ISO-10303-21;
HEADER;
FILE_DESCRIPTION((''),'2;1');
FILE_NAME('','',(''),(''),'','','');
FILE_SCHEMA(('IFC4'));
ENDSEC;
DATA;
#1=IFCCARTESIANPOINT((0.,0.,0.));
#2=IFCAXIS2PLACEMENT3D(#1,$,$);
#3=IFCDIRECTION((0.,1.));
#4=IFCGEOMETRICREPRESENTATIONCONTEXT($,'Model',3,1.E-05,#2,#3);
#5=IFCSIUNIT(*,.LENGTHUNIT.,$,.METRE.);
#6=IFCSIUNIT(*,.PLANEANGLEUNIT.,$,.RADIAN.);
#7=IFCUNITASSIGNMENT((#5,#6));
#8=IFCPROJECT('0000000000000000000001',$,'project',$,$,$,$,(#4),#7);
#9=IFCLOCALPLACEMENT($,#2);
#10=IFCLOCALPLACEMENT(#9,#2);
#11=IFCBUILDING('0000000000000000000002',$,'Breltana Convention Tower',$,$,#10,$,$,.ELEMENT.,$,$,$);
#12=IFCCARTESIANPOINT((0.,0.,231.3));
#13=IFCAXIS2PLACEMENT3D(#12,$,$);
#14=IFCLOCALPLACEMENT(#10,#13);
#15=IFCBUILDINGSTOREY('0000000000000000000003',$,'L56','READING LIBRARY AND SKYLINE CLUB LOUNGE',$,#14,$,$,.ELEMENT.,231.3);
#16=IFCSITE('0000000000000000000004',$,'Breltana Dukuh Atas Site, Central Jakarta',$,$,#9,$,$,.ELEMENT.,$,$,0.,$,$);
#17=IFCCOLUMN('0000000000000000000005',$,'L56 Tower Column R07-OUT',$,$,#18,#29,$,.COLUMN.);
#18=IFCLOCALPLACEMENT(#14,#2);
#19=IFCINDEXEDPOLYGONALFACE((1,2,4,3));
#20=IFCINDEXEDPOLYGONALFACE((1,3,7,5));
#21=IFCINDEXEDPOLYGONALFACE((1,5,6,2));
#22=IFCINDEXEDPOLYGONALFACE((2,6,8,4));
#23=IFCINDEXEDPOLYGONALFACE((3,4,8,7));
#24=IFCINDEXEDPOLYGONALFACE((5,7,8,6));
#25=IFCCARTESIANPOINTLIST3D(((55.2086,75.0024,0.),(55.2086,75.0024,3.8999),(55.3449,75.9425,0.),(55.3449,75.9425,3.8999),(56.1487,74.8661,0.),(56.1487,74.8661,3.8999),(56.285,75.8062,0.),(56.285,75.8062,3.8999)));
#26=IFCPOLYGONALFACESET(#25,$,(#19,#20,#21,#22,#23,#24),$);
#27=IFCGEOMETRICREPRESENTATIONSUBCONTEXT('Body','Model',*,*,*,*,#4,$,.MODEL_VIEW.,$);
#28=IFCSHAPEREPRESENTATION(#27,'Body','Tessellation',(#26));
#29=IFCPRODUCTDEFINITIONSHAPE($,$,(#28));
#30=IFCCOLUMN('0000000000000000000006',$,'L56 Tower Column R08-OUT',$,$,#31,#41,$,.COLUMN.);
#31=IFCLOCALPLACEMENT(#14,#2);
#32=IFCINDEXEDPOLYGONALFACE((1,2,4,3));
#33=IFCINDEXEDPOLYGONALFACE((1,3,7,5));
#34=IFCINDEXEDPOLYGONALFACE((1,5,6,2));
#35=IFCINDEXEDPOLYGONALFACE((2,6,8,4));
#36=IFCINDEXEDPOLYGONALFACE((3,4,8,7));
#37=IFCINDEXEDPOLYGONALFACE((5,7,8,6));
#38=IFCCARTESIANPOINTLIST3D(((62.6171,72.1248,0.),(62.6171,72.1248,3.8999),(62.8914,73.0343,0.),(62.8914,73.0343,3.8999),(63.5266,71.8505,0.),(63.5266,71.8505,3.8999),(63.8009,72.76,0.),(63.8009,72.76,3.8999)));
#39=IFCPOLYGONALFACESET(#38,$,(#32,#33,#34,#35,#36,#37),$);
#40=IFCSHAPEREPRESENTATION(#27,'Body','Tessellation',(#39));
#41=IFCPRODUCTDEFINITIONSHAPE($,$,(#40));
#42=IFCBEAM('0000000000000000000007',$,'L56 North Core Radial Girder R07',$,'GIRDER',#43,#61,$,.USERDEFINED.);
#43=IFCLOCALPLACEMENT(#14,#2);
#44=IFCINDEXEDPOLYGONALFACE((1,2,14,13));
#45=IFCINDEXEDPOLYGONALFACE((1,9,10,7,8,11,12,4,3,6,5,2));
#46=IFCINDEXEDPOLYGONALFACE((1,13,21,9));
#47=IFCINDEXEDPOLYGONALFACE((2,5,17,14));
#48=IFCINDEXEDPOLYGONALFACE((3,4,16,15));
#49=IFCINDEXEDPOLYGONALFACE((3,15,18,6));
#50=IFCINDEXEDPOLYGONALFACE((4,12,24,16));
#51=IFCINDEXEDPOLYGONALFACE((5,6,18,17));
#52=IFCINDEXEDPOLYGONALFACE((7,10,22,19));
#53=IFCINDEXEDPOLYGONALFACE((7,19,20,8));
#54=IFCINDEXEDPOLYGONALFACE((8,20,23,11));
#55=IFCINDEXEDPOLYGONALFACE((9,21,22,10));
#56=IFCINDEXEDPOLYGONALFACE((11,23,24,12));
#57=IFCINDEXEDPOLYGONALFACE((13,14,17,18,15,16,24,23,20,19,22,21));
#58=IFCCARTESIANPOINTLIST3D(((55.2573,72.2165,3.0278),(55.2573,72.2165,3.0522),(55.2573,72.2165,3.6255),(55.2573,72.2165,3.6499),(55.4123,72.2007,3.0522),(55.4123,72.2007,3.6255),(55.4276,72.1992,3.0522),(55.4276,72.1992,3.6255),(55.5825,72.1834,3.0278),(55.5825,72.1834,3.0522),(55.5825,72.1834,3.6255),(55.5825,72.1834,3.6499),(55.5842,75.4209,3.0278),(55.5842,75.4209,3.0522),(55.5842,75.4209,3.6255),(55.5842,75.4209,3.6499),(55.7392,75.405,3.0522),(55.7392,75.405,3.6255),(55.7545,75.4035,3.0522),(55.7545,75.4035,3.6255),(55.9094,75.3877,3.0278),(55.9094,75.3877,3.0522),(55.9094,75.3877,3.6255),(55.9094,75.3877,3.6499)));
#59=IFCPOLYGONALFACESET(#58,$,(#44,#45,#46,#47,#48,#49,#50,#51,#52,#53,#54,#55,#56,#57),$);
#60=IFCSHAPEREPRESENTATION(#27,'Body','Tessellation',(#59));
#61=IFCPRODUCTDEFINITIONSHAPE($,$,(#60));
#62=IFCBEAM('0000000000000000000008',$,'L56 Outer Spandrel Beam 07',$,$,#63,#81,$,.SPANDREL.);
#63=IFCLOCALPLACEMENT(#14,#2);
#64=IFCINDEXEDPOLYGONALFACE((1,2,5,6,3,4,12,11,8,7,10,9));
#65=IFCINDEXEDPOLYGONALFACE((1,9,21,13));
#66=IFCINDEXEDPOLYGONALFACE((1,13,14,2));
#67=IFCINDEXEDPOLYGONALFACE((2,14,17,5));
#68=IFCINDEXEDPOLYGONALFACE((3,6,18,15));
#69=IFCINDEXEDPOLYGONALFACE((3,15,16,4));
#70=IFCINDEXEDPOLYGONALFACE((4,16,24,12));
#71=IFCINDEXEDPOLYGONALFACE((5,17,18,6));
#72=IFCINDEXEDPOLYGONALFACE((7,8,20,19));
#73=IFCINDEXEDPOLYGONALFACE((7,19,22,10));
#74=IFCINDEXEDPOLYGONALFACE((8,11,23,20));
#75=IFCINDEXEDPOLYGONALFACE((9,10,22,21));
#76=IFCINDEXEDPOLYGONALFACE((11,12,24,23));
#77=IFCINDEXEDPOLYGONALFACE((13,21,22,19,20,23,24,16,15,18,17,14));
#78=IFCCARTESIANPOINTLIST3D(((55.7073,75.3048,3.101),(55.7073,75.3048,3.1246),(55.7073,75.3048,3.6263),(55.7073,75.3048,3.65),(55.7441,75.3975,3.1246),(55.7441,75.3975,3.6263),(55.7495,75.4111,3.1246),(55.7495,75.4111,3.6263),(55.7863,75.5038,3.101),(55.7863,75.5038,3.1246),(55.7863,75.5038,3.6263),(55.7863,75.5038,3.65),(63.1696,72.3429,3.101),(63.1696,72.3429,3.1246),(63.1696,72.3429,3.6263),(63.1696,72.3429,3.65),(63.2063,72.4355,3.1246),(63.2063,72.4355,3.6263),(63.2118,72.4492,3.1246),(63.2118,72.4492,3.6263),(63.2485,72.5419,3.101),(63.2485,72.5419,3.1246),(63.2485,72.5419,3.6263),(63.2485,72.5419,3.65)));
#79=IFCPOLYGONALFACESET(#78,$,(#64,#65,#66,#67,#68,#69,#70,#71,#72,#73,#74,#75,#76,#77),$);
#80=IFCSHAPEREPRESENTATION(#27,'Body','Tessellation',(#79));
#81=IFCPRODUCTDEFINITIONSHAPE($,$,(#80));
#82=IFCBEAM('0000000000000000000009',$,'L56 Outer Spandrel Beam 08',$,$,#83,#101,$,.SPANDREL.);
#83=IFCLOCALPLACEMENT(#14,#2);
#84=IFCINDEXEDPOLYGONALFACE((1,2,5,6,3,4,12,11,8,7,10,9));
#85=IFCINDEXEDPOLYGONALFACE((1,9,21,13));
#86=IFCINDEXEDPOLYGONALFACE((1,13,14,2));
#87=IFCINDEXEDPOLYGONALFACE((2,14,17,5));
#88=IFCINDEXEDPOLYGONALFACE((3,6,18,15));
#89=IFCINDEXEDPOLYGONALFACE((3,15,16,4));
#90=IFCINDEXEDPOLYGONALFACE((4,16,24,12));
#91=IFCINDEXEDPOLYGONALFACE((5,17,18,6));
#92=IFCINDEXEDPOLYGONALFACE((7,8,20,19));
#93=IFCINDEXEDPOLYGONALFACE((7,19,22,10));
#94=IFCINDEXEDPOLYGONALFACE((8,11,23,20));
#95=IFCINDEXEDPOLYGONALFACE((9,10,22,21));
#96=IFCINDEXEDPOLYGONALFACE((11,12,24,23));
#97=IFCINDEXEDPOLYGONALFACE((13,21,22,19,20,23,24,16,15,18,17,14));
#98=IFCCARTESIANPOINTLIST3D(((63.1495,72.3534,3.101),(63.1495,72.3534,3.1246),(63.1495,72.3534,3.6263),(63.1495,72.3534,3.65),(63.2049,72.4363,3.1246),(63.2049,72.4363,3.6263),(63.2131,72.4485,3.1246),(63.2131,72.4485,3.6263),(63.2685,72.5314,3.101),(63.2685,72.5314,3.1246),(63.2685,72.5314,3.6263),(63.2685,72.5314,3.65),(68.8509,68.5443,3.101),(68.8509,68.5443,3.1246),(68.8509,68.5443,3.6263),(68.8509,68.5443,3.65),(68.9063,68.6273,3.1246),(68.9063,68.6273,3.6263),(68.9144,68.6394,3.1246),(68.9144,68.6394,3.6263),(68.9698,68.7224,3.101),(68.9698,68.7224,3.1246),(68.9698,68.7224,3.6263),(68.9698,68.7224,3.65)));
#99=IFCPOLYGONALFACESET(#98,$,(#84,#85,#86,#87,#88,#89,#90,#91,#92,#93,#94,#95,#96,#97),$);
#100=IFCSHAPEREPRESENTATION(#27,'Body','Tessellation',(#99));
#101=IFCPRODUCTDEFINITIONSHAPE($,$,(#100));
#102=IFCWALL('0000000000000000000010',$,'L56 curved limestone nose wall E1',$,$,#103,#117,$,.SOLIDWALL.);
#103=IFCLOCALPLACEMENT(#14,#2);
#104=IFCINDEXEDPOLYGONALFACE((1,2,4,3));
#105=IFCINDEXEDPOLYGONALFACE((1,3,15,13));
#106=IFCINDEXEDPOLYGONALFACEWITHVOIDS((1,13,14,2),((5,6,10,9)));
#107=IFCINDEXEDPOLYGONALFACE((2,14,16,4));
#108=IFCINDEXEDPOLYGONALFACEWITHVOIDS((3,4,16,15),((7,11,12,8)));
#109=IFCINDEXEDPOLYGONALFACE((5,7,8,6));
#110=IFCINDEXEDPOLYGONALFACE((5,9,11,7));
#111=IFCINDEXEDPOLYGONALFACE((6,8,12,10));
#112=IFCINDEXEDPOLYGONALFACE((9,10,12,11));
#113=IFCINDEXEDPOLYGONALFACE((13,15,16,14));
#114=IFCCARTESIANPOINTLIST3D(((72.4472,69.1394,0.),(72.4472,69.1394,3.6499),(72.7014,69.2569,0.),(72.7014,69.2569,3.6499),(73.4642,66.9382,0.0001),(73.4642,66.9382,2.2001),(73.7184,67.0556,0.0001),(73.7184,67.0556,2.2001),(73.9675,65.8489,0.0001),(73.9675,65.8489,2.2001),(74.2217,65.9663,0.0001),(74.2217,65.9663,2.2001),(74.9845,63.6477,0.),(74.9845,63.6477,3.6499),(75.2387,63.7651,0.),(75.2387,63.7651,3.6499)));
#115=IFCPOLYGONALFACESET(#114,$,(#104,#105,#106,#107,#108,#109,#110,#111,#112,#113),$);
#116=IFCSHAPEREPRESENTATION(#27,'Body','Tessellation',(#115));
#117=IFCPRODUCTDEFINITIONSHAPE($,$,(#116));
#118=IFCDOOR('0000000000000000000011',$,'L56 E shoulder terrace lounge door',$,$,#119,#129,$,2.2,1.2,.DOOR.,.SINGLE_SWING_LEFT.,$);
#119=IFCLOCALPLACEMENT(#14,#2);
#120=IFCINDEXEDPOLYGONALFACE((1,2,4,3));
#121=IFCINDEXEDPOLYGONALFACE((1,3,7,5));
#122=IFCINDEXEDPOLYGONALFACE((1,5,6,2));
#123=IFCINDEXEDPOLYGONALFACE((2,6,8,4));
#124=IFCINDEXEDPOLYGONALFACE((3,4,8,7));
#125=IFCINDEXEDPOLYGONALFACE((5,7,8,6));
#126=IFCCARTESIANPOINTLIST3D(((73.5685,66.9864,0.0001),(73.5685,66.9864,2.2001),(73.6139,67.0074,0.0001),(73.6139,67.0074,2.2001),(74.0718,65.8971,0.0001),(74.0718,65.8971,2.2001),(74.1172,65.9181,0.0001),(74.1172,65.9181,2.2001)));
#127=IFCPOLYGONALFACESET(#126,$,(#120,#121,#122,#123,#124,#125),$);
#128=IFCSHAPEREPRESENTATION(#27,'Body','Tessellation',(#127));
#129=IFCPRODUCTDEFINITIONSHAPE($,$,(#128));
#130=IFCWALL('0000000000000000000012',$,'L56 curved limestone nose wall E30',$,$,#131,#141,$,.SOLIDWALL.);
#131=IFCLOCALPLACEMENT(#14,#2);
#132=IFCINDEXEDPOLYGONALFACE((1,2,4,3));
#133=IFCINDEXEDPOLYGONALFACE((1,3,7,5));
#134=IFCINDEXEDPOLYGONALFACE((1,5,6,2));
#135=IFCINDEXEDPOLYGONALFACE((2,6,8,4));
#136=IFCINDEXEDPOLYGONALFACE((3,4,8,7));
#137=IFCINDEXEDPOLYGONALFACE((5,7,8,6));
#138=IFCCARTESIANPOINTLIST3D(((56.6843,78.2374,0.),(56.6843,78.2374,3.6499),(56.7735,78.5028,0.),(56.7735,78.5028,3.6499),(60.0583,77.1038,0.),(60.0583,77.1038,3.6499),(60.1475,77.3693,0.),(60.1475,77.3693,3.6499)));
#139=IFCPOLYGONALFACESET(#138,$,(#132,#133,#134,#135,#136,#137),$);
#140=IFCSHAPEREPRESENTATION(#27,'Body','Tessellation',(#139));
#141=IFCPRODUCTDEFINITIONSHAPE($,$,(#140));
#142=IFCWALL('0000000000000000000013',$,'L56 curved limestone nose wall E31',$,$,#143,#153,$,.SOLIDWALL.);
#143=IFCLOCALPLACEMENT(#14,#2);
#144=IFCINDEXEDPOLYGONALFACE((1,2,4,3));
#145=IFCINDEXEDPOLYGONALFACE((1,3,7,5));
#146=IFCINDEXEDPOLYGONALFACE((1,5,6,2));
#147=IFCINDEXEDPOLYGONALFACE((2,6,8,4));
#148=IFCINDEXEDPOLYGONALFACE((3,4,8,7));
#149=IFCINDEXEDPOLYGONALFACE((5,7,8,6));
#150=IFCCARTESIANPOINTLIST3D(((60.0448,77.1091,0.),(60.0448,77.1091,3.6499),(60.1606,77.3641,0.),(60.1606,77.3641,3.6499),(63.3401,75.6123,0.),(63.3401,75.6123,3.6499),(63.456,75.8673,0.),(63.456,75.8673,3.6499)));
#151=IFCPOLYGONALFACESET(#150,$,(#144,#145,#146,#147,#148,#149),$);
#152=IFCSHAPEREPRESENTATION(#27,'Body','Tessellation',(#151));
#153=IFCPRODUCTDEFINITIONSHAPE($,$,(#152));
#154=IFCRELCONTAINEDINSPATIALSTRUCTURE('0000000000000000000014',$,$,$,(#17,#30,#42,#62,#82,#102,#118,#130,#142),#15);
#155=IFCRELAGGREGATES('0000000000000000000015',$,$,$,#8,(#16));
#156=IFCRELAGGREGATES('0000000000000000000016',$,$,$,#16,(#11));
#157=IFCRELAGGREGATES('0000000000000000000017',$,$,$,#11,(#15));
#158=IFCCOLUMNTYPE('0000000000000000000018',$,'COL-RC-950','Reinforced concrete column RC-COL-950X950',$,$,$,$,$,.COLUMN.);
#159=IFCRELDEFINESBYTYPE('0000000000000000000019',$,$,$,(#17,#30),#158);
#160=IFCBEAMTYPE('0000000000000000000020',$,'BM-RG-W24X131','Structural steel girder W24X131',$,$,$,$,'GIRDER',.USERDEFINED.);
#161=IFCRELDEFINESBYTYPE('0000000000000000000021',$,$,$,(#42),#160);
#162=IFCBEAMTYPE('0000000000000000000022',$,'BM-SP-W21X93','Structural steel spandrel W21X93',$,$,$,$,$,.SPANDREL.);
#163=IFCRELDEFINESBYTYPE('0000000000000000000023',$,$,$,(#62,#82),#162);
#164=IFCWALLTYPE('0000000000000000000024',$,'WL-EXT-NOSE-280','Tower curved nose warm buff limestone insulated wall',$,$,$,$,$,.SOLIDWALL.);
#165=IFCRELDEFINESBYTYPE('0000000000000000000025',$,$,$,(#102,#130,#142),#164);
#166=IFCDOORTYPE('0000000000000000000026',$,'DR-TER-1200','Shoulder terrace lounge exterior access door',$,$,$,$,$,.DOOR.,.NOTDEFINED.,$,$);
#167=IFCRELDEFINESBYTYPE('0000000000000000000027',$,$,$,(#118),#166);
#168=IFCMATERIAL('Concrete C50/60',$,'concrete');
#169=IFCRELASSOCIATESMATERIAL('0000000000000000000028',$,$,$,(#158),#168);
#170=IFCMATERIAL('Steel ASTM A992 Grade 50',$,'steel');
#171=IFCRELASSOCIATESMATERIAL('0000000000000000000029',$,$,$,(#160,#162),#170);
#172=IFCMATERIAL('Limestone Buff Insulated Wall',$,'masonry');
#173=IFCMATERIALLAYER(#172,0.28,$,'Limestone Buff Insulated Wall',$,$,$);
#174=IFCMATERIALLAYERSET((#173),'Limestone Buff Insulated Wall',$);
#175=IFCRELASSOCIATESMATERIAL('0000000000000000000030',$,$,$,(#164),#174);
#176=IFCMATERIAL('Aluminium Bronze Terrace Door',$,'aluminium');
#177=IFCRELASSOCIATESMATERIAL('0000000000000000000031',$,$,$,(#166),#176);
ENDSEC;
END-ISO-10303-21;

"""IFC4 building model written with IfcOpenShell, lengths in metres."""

from ifc_helpers import new_model, si_unit, direction, frame, frame_2d, origin, origin_2d, place, context, subcontext, project, spatial, rectangle, i_section, extrude, source, transform, mapped, material, layer, layer_set, material_profile, profile_set, type_object, type_shapes, element, fill, save


model = new_model("IFC4")

# Units and contexts
model_context = context("Model", 3, precision=1e-05, world=origin(), true_north=direction((0.0, 1.0)))
body_context = subcontext(model_context, "Body", "Model", "MODEL_VIEW")
ifc_project = project(units=[si_unit("LENGTHUNIT", "METRE"), si_unit("PLANEANGLEUNIT", "RADIAN")], contexts=[model_context])

# Site, building, storey
site_placement = place(None, origin())
site = spatial("IfcSite", under=ifc_project, at=site_placement, Name="Breltana Dukuh Atas Site, Central Jakarta", CompositionType="ELEMENT", RefElevation=0.0)
building_placement = place(site_placement, origin())
building = spatial("IfcBuilding", under=site, at=building_placement, Name="Breltana Convention Tower", CompositionType="ELEMENT")
storey_placement = place(building_placement, frame((0.0, 0.0, 231.3)))
storey = spatial("IfcBuildingStorey", under=building, at=storey_placement, Name="L56", Description="READING LIBRARY AND SKYLINE CLUB LOUNGE", CompositionType="ELEMENT", Elevation=231.3)

# Columns
ifc_material_1 = material(Name="Concrete C50/60", Category="concrete")
ifc_material_profile_1 = material_profile(ifc_material_1, rectangle(XDim=0.95, YDim=0.95, at=origin_2d()), Name="RC-COL-950X950")
ifc_profile_set_1 = profile_set([ifc_material_profile_1], Name="Concrete C50/60")
column_type = type_object("IfcColumnType", Name="COL-RC-950", Description="Reinforced concrete column RC-COL-950X950", PredefinedType="COLUMN", material=ifc_profile_set_1)
shared_shape_1 = source(origin(), body_context, "Body", "SweptSolid", [
    extrude(rectangle(XDim=0.95, YDim=0.95, at=origin_2d()), origin(), (0.0, 0.0, 1.0), 3.8999),
])
for number, where, z_axis, x_axis, name in (
    (1, (55.7468, 75.4043, 0.0), (0.0, 0.0, 1.0), (0.143493, 0.989651, 0.0), "L56 Tower Column R07-OUT"),
    (2, (63.209, 72.4424, 0.0), (0.0, 0.0, 1.0), (0.288698, 0.95742, 0.0), "L56 Tower Column R08-OUT"),
):
    element("IfcColumn", number, at=place(storey_placement, frame(where, z_axis=z_axis, x_axis=x_axis)), inside=storey, type_object=column_type, Name=name, PredefinedType="COLUMN", context=body_context, shape_type="MappedRepresentation", body=[
        mapped(shared_shape_1, transform((0.0, 0.0, 0.0), scale=1.0)),
    ])

# Beams
ifc_material_2 = material(Name="Steel ASTM A992 Grade 50", Category="steel")
ifc_material_profile_2 = material_profile(ifc_material_2, i_section(OverallWidth=0.3269, OverallDepth=0.6221, WebThickness=0.0154, FlangeThickness=0.0244, at=origin_2d()), Name="W24X131")
ifc_profile_set_2 = profile_set([ifc_material_profile_2], Name="Steel ASTM A992 Grade 50")
beam_type_1 = type_object("IfcBeamType", Name="BM-RG-W24X131", Description="Structural steel girder W24X131", ElementType="GIRDER", PredefinedType="USERDEFINED", material=ifc_profile_set_2)
shared_shape_2 = source(origin(), body_context, "Body", "SweptSolid", [
    extrude(i_section(OverallWidth=0.3269, OverallDepth=0.6221, WebThickness=0.0154, FlangeThickness=0.0244, at=origin_2d()), origin(), (0.0, 0.0, 1.0), 3.2209),
])
beam_1_placement = place(storey_placement, frame((55.4199, 72.2, 3.3389), z_axis=(0.101492, 0.994836, 0.0), x_axis=(-0.994836, 0.101492, 0.0)))
element("IfcBeam", 3, at=beam_1_placement, inside=storey, type_object=beam_type_1, Name="L56 North Core Radial Girder R07", ObjectType="GIRDER", PredefinedType="USERDEFINED", context=body_context, shape_type="MappedRepresentation", body=[
    mapped(shared_shape_2, transform((0.0, 0.0, 0.0), scale=1.0)),
])
ifc_material_profile_3 = material_profile(ifc_material_2, i_section(OverallWidth=0.2141, OverallDepth=0.5491, WebThickness=0.0146, FlangeThickness=0.0237, at=origin_2d()), Name="W21X93")
ifc_profile_set_3 = profile_set([ifc_material_profile_3], Name="Steel ASTM A992 Grade 50")
beam_type_2 = type_object("IfcBeamType", Name="BM-SP-W21X93", Description="Structural steel spandrel W21X93", PredefinedType="SPANDREL", material=ifc_profile_set_3)
shared_shape_3 = source(origin(), body_context, "Body", "SweptSolid", [
    extrude(i_section(OverallWidth=0.2141, OverallDepth=0.5491, WebThickness=0.0146, FlangeThickness=0.0237, at=origin_2d()), origin(), (0.0, 0.0, 1.0), 8.0286),
])
beam_2_placement = place(storey_placement, frame((55.7468, 75.4043, 3.3755), z_axis=(0.929459, -0.368925, 0.0), x_axis=(0.368925, 0.929459, 0.0)))
element("IfcBeam", 4, at=beam_2_placement, inside=storey, type_object=beam_type_2, Name="L56 Outer Spandrel Beam 07", PredefinedType="SPANDREL", context=body_context, shape_type="MappedRepresentation", body=[
    mapped(shared_shape_3, transform((0.0, 0.0, 0.0), scale=1.0)),
])
shared_shape_4 = source(origin(), body_context, "Body", "SweptSolid", [
    extrude(i_section(OverallWidth=0.2141, OverallDepth=0.5491, WebThickness=0.0146, FlangeThickness=0.0237, at=origin_2d()), origin(), (0.0, 0.0, 1.0), 6.8567),
])
beam_3_placement = place(storey_placement, frame((63.209, 72.4424, 3.3755), z_axis=(0.831502, -0.555522, 0.0), x_axis=(0.555522, 0.831502, 0.0)))
element("IfcBeam", 5, at=beam_3_placement, inside=storey, type_object=beam_type_2, Name="L56 Outer Spandrel Beam 08", PredefinedType="SPANDREL", context=body_context, shape_type="MappedRepresentation", body=[
    mapped(shared_shape_4, transform((0.0, 0.0, 0.0), scale=1.0)),
])

# Wall, opening, door
ifc_material_3 = material(Name="Limestone Buff Insulated Wall", Category="masonry")
ifc_layer_1 = layer(ifc_material_3, 0.28, Name="Limestone Buff Insulated Wall")
ifc_layer_set_1 = layer_set([ifc_layer_1], Name="Limestone Buff Insulated Wall")
wall_type_1 = type_object("IfcWallType", Name="WL-EXT-NOSE-280", Description="Tower curved nose warm buff limestone insulated wall", PredefinedType="SOLIDWALL", material=ifc_layer_set_1)
shared_shape_5 = source(origin(), body_context, "Body", "SweptSolid", [
    extrude(rectangle(XDim=6.0496, YDim=0.28, at=frame_2d((3.0249, 0.0))), origin(), (0.0, 0.0, 1.0), 3.6499),
])
wall_1_placement = place(storey_placement, frame((72.5742, 69.1982, 0.0), z_axis=(0.0, 0.0, 1.0), x_axis=(0.419429, -0.907788, 0.0)))
wall_1 = element("IfcWall", 6, at=wall_1_placement, inside=storey, type_object=wall_type_1, Name="L56 curved limestone nose wall E1", PredefinedType="SOLIDWALL", context=body_context, shape_type="MappedRepresentation", body=[
    mapped(shared_shape_5, transform((0.0, 0.0, 0.0), scale=1.0)),
])
opening_1_placement = place(wall_1_placement, frame((2.4248, 0.0, 0.0)))
opening_1 = element("IfcOpeningElement", 7, at=opening_1_placement, cuts=wall_1, PredefinedType="OPENING", context=body_context, shape_type="SweptSolid", body=[
    extrude(rectangle(XDim=1.2, YDim=2.2, at=frame_2d((0.6001, 1.1001))), frame((0.0, 0.1499, 0.0), z_axis=(0.0, -1.0, 0.0), x_axis=(1.0, 0.0, 0.0)), (0.0, 0.0, 1.0), 0.3),
])
ifc_material_4 = material(Name="Aluminium Bronze Terrace Door", Category="aluminium")
door_type = type_object("IfcDoorType", Name="DR-TER-1200", Description="Shoulder terrace lounge exterior access door", OperationType="NOTDEFINED", PredefinedType="DOOR", material=ifc_material_4)
shared_shape_6 = source(origin(), body_context, "Body", "SweptSolid", [
    extrude(rectangle(XDim=1.2, YDim=2.2, at=frame_2d((0.6001, 1.1001))), frame((0.0, 0.0249, 0.0), z_axis=(0.0, -1.0, 0.0), x_axis=(1.0, 0.0, 0.0)), (0.0, 0.0, 1.0), 0.05),
])
type_shapes(door_type, [shared_shape_6])
door_placement = place(opening_1_placement, origin())
door = element("IfcDoor", 8, at=door_placement, inside=storey, type_object=door_type, Name="L56 E shoulder terrace lounge door", OperationType="SINGLE_SWING_LEFT", OverallHeight=2.2, OverallWidth=1.2, PredefinedType="DOOR", context=body_context, shape_type="MappedRepresentation", body=[
    mapped(shared_shape_6, transform((0.0, 0.0, 0.0), scale=1.0)),
])
fill(opening_1, door)

# Walls
shared_shape_7 = source(origin(), body_context, "Body", "SweptSolid", [
    extrude(rectangle(XDim=3.5593, YDim=0.28, at=frame_2d((1.7798, 0.0))), origin(), (0.0, 0.0, 1.0), 3.6499),
])
wall_2_placement = place(storey_placement, frame((56.7288, 78.3701, 0.0), z_axis=(0.0, 0.0, 1.0), x_axis=(0.947933, -0.31847, 0.0)))
element("IfcWall", 9, at=wall_2_placement, inside=storey, type_object=wall_type_1, Name="L56 curved limestone nose wall E30", PredefinedType="SOLIDWALL", context=body_context, shape_type="MappedRepresentation", body=[
    mapped(shared_shape_7, transform((0.0, 0.0, 0.0), scale=1.0)),
])
shared_shape_8 = source(origin(), body_context, "Body", "SweptSolid", [
    extrude(rectangle(XDim=3.6194, YDim=0.28, at=frame_2d((1.8096, 0.0))), origin(), (0.0, 0.0, 1.0), 3.6499),
])
wall_3_placement = place(storey_placement, frame((60.1028, 77.2366, 0.0), z_axis=(0.0, 0.0, 1.0), x_axis=(0.91048, -0.413554, 0.0)))
element("IfcWall", 10, at=wall_3_placement, inside=storey, type_object=wall_type_1, Name="L56 curved limestone nose wall E31", PredefinedType="SOLIDWALL", context=body_context, shape_type="MappedRepresentation", body=[
    mapped(shared_shape_8, transform((0.0, 0.0, 0.0), scale=1.0)),
])

save(model, "model.ifc")
